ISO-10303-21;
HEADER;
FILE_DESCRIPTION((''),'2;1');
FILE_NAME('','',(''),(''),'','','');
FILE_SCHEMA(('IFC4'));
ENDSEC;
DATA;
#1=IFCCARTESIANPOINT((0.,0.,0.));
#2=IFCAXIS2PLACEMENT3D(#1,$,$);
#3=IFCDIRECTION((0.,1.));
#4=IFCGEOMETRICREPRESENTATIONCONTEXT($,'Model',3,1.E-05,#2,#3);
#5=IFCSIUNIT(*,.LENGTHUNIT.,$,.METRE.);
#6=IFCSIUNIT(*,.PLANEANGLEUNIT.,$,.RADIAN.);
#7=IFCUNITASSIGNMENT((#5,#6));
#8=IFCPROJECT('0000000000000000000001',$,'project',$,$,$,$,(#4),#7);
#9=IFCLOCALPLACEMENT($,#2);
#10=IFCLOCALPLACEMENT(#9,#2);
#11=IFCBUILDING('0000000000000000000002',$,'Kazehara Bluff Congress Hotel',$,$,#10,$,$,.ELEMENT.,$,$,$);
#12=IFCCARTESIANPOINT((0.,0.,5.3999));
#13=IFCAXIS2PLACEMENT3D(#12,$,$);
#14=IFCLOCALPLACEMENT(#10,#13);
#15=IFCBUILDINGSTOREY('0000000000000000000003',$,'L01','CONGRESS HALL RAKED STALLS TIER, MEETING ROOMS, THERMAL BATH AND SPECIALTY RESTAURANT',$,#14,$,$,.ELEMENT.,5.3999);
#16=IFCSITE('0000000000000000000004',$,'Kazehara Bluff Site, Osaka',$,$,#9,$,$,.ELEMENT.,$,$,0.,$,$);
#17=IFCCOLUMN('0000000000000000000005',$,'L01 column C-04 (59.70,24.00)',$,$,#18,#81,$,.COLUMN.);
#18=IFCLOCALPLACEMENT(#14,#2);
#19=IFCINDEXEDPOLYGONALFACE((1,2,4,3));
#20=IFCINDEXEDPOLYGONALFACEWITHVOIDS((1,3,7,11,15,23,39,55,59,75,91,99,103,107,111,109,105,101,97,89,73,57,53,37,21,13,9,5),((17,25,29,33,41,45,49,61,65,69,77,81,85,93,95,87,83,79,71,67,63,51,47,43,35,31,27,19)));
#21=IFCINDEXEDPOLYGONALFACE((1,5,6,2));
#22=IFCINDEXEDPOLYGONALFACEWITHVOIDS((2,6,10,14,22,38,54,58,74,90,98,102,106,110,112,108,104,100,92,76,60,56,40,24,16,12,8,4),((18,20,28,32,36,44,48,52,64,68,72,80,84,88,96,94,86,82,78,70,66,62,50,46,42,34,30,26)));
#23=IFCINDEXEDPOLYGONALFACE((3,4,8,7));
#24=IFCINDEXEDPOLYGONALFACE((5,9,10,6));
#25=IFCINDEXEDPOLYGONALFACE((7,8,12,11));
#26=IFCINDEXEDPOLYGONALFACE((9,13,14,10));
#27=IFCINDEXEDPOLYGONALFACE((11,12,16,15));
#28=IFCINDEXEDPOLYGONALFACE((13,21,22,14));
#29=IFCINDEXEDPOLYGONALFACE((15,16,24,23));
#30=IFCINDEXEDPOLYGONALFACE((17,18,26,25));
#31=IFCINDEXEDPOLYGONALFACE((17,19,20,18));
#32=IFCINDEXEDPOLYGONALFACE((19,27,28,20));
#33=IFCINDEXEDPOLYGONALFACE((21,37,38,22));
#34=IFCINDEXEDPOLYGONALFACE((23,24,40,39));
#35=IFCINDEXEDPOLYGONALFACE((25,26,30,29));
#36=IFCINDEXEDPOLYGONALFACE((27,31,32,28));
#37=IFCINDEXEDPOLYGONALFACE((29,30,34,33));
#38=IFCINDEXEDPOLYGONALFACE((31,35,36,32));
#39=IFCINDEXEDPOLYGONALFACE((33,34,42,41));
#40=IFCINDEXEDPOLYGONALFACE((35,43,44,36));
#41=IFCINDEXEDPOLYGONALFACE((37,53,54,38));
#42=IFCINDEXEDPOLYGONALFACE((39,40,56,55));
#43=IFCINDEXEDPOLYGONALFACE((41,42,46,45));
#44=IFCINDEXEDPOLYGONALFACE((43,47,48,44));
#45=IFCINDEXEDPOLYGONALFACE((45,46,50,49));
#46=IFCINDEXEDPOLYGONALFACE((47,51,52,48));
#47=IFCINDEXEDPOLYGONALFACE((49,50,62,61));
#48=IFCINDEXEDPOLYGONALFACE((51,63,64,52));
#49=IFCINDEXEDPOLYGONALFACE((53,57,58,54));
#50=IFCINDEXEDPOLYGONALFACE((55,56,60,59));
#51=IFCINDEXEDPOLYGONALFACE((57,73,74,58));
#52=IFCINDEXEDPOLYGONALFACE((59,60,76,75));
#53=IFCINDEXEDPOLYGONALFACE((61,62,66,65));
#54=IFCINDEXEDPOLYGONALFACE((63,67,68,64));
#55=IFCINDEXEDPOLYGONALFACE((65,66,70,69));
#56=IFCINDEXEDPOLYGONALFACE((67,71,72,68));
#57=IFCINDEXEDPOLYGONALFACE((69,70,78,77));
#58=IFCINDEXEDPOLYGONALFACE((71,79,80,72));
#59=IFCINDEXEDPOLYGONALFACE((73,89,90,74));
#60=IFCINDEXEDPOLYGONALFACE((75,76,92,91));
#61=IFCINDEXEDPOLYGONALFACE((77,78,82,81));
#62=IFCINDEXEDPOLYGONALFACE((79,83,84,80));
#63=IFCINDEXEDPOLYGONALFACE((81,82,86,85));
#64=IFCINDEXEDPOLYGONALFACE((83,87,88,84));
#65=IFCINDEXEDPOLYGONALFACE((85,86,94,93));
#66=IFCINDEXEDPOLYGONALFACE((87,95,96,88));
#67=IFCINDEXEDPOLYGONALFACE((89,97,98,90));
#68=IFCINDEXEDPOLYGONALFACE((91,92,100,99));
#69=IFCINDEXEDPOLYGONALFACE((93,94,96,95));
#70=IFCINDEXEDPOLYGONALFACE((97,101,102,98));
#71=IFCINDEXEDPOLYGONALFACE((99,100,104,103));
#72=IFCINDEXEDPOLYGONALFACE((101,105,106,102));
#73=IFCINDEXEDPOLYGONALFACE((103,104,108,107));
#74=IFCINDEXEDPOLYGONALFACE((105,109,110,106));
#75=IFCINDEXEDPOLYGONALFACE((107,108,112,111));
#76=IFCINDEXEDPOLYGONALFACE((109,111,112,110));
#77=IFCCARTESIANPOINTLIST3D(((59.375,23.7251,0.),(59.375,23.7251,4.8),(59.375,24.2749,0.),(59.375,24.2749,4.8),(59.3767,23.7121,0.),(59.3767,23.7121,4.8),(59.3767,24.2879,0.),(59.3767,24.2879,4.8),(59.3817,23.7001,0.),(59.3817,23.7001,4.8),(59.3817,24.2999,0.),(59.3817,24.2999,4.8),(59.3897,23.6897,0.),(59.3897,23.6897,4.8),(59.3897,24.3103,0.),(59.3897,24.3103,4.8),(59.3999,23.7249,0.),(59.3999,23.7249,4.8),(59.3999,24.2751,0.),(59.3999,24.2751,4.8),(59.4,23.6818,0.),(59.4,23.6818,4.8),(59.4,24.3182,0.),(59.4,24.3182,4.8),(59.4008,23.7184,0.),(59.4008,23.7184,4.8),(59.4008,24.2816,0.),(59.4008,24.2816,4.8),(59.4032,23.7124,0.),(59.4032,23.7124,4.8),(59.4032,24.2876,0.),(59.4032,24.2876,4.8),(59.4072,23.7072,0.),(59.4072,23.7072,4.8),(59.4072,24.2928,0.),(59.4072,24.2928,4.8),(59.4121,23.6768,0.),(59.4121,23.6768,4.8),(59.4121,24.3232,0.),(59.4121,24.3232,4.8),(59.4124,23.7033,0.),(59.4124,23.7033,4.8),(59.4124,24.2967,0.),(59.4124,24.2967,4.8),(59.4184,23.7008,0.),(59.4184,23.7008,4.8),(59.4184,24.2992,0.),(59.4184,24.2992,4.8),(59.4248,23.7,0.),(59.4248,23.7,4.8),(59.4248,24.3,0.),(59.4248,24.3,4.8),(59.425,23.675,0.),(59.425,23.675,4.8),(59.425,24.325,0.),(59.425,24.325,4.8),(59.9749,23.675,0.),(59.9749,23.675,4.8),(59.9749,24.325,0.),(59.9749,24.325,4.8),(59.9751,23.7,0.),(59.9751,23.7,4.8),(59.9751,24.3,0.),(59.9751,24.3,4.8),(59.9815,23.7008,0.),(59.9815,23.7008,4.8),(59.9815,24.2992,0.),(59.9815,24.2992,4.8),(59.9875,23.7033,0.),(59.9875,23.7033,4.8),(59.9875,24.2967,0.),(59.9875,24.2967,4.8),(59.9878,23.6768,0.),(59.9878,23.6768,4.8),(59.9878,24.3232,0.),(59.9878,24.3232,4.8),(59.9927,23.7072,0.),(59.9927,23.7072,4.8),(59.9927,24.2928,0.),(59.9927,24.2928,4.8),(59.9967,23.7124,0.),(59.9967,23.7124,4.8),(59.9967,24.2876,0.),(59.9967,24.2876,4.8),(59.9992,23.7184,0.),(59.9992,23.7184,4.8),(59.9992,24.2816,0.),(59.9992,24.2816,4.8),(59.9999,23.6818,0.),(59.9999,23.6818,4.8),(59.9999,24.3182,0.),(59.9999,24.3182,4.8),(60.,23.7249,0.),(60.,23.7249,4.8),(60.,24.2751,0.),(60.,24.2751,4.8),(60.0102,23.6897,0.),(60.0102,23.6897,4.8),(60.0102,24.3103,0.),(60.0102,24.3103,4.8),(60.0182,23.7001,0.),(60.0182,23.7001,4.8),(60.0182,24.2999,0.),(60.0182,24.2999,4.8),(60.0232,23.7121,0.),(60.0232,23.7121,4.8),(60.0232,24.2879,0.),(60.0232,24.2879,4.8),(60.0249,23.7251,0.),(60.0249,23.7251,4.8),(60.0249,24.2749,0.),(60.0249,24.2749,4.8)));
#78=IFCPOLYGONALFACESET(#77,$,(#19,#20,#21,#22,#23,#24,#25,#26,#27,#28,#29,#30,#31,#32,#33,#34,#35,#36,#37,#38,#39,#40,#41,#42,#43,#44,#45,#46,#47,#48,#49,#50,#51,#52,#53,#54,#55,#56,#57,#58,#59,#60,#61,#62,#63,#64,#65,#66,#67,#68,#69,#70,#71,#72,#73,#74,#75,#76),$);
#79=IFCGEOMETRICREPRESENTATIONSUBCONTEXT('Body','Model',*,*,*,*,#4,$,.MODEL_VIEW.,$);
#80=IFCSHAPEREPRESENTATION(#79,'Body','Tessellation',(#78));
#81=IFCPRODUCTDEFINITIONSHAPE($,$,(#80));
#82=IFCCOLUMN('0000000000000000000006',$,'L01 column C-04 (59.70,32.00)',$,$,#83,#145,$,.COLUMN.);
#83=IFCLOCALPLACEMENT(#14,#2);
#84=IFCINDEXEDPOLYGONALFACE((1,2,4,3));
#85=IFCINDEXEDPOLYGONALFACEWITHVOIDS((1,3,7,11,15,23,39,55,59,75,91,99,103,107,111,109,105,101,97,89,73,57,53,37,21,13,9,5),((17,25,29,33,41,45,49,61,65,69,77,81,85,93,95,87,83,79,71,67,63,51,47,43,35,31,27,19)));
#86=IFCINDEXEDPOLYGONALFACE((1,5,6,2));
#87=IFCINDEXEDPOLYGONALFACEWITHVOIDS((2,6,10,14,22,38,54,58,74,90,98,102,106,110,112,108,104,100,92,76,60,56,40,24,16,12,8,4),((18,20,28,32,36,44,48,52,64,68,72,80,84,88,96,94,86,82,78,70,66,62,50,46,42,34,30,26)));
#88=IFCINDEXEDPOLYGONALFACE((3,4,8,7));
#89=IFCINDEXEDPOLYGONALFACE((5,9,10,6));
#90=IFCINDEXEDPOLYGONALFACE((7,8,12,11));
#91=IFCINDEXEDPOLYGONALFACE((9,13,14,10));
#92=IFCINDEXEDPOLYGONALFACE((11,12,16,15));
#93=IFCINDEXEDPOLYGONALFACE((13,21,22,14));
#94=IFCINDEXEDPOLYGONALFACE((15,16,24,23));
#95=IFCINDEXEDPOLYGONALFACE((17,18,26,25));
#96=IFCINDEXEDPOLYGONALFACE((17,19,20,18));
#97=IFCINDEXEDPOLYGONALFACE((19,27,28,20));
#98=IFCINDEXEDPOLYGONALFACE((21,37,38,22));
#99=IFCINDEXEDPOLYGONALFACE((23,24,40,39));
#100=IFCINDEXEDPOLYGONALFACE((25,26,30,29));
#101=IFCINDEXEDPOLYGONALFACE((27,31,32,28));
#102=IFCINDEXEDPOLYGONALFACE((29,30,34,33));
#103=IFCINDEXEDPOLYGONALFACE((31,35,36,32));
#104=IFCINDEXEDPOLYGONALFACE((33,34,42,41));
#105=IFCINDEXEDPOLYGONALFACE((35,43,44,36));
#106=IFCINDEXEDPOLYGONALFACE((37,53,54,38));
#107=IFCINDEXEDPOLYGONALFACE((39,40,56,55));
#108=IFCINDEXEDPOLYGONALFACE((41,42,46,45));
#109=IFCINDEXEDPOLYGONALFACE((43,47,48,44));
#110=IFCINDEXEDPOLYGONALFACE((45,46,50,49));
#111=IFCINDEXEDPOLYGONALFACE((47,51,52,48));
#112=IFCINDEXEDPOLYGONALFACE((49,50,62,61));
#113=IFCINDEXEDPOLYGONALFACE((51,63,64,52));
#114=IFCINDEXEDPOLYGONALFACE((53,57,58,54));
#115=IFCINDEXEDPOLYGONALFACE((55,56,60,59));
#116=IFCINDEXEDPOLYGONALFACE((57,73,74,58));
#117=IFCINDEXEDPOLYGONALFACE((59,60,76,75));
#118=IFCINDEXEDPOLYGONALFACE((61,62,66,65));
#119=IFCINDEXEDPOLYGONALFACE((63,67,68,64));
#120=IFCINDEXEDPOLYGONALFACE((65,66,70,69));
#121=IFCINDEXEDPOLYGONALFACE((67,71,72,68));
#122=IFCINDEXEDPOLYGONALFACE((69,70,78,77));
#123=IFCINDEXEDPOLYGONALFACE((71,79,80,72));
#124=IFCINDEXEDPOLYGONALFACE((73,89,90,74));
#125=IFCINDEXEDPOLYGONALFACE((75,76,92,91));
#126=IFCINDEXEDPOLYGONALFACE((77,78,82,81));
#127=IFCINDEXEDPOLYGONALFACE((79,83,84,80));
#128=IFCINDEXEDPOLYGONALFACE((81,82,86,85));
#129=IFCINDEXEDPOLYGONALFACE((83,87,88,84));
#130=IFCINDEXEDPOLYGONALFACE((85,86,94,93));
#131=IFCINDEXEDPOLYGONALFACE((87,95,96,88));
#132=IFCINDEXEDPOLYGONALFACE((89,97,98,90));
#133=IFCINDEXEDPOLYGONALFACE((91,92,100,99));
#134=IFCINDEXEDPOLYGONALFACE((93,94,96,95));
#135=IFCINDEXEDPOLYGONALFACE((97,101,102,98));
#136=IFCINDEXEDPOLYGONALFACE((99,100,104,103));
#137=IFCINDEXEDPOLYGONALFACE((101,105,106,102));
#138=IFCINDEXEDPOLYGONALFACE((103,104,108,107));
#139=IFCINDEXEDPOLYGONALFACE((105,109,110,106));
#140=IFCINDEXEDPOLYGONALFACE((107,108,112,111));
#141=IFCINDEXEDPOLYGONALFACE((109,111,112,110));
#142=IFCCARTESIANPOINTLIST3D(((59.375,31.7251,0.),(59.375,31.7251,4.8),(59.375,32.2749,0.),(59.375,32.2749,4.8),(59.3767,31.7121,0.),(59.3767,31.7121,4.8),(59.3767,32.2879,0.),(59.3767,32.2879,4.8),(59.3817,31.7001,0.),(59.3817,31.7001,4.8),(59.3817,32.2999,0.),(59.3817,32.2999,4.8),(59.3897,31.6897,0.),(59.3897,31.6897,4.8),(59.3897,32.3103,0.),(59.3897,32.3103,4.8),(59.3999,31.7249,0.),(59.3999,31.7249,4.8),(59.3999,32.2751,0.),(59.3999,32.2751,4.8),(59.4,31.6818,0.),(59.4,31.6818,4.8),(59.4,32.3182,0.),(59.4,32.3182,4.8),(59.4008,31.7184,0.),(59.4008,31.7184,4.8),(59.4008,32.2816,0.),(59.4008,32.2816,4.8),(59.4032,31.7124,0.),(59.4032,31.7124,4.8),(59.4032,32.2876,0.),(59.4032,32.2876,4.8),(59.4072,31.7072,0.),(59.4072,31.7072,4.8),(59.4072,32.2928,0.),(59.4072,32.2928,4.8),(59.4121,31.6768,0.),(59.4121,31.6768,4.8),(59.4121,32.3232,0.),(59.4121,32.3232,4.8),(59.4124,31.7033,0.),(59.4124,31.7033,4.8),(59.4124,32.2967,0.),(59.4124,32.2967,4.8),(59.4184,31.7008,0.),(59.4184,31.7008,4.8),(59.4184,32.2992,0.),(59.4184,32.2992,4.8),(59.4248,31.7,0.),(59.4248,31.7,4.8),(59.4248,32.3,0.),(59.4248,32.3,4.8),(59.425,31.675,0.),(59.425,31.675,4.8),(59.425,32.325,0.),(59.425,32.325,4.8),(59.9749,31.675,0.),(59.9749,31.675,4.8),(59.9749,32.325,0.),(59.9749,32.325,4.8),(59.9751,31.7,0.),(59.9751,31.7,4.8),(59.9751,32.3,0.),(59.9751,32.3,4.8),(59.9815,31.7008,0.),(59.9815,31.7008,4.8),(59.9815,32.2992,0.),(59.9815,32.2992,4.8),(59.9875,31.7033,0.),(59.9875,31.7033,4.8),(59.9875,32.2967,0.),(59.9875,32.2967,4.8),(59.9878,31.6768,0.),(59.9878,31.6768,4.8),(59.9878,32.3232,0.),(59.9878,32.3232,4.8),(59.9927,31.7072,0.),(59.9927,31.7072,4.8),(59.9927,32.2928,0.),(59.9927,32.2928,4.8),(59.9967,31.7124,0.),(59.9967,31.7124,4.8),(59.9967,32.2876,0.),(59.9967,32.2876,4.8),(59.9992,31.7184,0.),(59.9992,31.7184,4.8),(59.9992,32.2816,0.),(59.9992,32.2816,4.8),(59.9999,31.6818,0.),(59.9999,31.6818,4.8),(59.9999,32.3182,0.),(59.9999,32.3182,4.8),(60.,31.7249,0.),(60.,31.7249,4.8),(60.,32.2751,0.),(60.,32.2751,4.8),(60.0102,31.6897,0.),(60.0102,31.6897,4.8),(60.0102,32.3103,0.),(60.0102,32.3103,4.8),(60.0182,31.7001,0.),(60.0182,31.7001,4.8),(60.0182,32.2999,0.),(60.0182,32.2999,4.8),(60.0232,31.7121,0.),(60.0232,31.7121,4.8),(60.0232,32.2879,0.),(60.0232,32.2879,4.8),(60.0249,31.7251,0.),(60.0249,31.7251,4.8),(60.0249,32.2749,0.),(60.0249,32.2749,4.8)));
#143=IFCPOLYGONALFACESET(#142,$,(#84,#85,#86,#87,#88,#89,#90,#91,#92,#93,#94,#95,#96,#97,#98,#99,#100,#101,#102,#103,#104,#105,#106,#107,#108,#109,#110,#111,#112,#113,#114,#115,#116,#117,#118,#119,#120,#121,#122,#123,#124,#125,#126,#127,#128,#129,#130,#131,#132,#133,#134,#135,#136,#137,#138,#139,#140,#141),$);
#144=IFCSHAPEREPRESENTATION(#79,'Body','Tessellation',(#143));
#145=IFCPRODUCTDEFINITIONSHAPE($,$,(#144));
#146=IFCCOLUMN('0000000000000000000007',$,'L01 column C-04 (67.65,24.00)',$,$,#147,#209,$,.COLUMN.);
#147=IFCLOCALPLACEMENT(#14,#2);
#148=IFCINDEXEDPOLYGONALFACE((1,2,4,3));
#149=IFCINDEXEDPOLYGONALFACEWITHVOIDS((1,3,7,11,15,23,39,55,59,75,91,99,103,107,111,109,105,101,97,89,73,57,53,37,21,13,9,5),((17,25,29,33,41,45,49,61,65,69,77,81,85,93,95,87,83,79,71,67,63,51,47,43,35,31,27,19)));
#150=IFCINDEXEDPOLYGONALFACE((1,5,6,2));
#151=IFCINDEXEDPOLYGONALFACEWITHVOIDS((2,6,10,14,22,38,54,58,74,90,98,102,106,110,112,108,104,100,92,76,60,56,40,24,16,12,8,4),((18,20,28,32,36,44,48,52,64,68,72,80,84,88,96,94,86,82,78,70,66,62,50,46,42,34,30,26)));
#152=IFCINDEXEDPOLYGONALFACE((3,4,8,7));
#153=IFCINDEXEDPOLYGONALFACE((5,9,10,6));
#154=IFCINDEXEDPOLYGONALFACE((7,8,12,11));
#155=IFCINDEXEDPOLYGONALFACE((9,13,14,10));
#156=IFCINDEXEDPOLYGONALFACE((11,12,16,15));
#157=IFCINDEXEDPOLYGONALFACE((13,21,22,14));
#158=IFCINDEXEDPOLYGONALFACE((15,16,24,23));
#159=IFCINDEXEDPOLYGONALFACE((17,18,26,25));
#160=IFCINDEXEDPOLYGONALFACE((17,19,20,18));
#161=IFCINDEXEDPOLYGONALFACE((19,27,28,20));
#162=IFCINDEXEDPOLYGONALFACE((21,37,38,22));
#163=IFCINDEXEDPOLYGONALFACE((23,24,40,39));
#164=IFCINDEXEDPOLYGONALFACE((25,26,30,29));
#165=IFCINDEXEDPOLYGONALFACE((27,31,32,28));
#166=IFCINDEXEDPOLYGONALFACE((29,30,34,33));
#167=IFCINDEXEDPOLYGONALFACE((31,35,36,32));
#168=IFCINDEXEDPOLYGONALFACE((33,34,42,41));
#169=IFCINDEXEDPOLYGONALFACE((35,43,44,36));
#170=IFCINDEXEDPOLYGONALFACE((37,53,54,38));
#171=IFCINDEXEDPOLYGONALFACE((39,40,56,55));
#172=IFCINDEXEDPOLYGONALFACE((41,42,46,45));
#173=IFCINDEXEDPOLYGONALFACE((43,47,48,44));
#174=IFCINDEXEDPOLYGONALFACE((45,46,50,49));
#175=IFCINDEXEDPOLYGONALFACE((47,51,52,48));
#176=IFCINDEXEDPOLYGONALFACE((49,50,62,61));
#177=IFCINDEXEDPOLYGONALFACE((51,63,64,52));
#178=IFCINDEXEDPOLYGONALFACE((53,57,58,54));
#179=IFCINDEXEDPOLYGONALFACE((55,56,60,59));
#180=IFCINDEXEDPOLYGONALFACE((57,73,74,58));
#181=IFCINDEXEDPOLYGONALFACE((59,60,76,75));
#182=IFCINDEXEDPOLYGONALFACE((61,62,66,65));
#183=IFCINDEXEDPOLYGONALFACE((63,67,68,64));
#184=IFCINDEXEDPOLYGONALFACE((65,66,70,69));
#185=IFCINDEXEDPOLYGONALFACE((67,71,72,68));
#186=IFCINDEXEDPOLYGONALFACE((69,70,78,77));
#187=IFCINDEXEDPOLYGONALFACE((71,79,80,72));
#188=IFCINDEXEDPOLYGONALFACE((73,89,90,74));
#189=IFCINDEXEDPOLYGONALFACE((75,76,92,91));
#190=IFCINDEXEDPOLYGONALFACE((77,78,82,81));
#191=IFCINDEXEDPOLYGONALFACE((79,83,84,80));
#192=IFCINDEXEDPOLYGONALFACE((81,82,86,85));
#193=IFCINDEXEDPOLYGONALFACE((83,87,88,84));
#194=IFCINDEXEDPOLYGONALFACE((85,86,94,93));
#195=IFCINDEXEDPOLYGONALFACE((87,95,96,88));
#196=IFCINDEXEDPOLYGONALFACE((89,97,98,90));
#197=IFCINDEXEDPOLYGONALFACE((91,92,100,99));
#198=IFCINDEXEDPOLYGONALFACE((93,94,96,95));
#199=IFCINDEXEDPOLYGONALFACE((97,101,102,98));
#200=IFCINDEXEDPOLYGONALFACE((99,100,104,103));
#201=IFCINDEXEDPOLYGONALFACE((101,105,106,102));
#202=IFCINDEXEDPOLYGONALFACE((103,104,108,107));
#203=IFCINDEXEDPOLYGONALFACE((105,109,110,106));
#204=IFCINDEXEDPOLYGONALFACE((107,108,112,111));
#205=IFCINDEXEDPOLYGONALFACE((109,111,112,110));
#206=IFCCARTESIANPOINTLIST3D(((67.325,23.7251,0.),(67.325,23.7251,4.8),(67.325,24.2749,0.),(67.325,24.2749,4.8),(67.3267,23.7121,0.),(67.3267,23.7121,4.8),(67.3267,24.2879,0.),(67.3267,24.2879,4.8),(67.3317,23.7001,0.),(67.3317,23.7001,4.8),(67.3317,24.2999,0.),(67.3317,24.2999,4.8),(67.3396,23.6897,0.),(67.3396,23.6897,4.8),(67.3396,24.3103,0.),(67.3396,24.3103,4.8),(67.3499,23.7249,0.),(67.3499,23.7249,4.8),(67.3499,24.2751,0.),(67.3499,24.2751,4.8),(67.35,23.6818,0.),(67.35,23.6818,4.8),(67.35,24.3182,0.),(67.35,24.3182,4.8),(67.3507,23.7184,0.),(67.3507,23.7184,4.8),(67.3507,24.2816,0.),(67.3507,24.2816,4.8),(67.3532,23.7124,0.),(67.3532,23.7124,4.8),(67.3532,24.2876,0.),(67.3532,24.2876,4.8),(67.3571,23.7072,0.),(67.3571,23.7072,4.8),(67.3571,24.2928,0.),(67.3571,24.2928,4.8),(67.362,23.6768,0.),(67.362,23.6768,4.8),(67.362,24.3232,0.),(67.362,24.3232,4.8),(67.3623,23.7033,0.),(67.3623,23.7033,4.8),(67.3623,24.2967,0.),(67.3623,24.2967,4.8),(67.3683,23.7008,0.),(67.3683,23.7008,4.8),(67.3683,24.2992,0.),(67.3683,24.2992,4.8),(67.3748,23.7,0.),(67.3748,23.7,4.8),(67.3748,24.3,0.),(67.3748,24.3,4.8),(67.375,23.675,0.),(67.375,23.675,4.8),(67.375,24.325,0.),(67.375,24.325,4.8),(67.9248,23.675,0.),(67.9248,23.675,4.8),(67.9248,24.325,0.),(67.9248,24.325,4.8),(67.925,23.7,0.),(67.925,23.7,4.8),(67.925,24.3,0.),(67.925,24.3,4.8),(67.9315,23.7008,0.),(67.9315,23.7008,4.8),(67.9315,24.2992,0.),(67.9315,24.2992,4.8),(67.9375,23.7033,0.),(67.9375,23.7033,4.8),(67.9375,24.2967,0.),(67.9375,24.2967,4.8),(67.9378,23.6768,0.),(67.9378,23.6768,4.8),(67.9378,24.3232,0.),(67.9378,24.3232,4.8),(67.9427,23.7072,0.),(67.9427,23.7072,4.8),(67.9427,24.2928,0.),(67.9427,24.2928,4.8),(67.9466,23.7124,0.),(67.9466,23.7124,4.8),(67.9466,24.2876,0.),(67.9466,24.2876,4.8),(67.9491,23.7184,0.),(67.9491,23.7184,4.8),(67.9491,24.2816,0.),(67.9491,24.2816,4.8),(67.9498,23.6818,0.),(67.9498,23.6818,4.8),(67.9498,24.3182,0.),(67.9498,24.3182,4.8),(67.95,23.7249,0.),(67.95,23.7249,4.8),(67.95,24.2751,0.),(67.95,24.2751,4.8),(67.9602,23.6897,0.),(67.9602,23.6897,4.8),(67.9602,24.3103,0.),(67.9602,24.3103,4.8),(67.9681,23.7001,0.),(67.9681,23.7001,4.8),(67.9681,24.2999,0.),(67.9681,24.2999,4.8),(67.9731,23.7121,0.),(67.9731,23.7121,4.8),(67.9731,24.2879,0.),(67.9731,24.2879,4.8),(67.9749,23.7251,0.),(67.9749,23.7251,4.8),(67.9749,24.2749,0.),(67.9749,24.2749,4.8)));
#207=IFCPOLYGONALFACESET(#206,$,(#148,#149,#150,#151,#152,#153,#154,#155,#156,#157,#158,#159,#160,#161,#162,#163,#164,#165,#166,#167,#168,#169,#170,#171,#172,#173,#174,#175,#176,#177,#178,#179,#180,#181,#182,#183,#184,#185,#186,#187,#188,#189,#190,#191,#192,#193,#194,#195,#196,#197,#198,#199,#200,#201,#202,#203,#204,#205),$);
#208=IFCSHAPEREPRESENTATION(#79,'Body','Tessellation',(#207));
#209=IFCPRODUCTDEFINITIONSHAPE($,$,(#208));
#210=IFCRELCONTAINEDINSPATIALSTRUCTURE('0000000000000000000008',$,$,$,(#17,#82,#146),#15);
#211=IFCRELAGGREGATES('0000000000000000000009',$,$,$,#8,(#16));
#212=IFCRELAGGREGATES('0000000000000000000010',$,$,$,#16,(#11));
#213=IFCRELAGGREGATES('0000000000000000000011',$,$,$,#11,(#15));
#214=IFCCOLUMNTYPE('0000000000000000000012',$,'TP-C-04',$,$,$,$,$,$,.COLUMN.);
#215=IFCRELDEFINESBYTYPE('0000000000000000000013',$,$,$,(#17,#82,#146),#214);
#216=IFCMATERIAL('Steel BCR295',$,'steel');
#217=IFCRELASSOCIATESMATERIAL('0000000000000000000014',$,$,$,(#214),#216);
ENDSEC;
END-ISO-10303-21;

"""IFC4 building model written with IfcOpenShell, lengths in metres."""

from ifc_helpers import new_model, si_unit, direction, frame, origin, origin_2d, place, context, subcontext, project, spatial, hollow_rectangle, extrude, material, material_profile, profile_set, type_object, element, save


model = new_model("IFC4")

# Units and contexts
model_context = context("Model", 3, precision=1e-05, world=origin(), true_north=direction((0.0, 1.0)))
body_context = subcontext(model_context, "Body", "Model", "MODEL_VIEW")
ifc_project = project(units=[si_unit("LENGTHUNIT", "METRE"), si_unit("PLANEANGLEUNIT", "RADIAN")], contexts=[model_context])

# Site, building, storey
site_placement = place(None, origin())
site = spatial("IfcSite", under=ifc_project, at=site_placement, Name="Kazehara Bluff Site, Osaka", CompositionType="ELEMENT", RefElevation=0.0)
building_placement = place(site_placement, origin())
building = spatial("IfcBuilding", under=site, at=building_placement, Name="Kazehara Bluff Congress Hotel", CompositionType="ELEMENT")
storey_placement = place(building_placement, frame((0.0, 0.0, 5.3999)))
storey = spatial("IfcBuildingStorey", under=building, at=storey_placement, Name="L01", Description="CONGRESS HALL RAKED STALLS TIER, MEETING ROOMS, THERMAL BATH AND SPECIALTY RESTAURANT", CompositionType="ELEMENT", Elevation=5.3999)

# Columns
ifc_material_1 = material(Name="Steel BCR295", Category="steel")
ifc_material_profile_1 = material_profile(ifc_material_1, hollow_rectangle(XDim=0.6499, YDim=0.6499, WallThickness=0.0249, InnerFilletRadius=0.0249, OuterFilletRadius=0.05, at=origin_2d()))
ifc_profile_set_1 = profile_set([ifc_material_profile_1], Name="Steel BCR295")
column_type_1 = type_object("IfcColumnType", Name="TP-C-04", PredefinedType="COLUMN", material=ifc_profile_set_1)
for number, where, z_axis, x_axis, name in (
    (1, (59.7, 24.0, 0.0), (0.0, 0.0, 1.0), (1.0, 0.0, 0.0), "L01 column C-04 (59.70,24.00)"),
    (2, (59.7, 32.0, 0.0), (0.0, 0.0, 1.0), (1.0, 0.0, 0.0), "L01 column C-04 (59.70,32.00)"),
    (3, (67.6499, 24.0, 0.0), (0.0, 0.0, 1.0), (1.0, 0.0, 0.0), "L01 column C-04 (67.65,24.00)"),
):
    element("IfcColumn", number, at=place(storey_placement, frame(where, z_axis=z_axis, x_axis=x_axis)), inside=storey, type_object=column_type_1, Name=name, PredefinedType="COLUMN", context=body_context, shape_type="SweptSolid", body=[
        extrude(hollow_rectangle(XDim=0.6499, YDim=0.6499, WallThickness=0.0249, InnerFilletRadius=0.0249, OuterFilletRadius=0.05, at=origin_2d()), origin(), (0.0, 0.0, 1.0), 4.8),
    ])

save(model, "model.ifc")
